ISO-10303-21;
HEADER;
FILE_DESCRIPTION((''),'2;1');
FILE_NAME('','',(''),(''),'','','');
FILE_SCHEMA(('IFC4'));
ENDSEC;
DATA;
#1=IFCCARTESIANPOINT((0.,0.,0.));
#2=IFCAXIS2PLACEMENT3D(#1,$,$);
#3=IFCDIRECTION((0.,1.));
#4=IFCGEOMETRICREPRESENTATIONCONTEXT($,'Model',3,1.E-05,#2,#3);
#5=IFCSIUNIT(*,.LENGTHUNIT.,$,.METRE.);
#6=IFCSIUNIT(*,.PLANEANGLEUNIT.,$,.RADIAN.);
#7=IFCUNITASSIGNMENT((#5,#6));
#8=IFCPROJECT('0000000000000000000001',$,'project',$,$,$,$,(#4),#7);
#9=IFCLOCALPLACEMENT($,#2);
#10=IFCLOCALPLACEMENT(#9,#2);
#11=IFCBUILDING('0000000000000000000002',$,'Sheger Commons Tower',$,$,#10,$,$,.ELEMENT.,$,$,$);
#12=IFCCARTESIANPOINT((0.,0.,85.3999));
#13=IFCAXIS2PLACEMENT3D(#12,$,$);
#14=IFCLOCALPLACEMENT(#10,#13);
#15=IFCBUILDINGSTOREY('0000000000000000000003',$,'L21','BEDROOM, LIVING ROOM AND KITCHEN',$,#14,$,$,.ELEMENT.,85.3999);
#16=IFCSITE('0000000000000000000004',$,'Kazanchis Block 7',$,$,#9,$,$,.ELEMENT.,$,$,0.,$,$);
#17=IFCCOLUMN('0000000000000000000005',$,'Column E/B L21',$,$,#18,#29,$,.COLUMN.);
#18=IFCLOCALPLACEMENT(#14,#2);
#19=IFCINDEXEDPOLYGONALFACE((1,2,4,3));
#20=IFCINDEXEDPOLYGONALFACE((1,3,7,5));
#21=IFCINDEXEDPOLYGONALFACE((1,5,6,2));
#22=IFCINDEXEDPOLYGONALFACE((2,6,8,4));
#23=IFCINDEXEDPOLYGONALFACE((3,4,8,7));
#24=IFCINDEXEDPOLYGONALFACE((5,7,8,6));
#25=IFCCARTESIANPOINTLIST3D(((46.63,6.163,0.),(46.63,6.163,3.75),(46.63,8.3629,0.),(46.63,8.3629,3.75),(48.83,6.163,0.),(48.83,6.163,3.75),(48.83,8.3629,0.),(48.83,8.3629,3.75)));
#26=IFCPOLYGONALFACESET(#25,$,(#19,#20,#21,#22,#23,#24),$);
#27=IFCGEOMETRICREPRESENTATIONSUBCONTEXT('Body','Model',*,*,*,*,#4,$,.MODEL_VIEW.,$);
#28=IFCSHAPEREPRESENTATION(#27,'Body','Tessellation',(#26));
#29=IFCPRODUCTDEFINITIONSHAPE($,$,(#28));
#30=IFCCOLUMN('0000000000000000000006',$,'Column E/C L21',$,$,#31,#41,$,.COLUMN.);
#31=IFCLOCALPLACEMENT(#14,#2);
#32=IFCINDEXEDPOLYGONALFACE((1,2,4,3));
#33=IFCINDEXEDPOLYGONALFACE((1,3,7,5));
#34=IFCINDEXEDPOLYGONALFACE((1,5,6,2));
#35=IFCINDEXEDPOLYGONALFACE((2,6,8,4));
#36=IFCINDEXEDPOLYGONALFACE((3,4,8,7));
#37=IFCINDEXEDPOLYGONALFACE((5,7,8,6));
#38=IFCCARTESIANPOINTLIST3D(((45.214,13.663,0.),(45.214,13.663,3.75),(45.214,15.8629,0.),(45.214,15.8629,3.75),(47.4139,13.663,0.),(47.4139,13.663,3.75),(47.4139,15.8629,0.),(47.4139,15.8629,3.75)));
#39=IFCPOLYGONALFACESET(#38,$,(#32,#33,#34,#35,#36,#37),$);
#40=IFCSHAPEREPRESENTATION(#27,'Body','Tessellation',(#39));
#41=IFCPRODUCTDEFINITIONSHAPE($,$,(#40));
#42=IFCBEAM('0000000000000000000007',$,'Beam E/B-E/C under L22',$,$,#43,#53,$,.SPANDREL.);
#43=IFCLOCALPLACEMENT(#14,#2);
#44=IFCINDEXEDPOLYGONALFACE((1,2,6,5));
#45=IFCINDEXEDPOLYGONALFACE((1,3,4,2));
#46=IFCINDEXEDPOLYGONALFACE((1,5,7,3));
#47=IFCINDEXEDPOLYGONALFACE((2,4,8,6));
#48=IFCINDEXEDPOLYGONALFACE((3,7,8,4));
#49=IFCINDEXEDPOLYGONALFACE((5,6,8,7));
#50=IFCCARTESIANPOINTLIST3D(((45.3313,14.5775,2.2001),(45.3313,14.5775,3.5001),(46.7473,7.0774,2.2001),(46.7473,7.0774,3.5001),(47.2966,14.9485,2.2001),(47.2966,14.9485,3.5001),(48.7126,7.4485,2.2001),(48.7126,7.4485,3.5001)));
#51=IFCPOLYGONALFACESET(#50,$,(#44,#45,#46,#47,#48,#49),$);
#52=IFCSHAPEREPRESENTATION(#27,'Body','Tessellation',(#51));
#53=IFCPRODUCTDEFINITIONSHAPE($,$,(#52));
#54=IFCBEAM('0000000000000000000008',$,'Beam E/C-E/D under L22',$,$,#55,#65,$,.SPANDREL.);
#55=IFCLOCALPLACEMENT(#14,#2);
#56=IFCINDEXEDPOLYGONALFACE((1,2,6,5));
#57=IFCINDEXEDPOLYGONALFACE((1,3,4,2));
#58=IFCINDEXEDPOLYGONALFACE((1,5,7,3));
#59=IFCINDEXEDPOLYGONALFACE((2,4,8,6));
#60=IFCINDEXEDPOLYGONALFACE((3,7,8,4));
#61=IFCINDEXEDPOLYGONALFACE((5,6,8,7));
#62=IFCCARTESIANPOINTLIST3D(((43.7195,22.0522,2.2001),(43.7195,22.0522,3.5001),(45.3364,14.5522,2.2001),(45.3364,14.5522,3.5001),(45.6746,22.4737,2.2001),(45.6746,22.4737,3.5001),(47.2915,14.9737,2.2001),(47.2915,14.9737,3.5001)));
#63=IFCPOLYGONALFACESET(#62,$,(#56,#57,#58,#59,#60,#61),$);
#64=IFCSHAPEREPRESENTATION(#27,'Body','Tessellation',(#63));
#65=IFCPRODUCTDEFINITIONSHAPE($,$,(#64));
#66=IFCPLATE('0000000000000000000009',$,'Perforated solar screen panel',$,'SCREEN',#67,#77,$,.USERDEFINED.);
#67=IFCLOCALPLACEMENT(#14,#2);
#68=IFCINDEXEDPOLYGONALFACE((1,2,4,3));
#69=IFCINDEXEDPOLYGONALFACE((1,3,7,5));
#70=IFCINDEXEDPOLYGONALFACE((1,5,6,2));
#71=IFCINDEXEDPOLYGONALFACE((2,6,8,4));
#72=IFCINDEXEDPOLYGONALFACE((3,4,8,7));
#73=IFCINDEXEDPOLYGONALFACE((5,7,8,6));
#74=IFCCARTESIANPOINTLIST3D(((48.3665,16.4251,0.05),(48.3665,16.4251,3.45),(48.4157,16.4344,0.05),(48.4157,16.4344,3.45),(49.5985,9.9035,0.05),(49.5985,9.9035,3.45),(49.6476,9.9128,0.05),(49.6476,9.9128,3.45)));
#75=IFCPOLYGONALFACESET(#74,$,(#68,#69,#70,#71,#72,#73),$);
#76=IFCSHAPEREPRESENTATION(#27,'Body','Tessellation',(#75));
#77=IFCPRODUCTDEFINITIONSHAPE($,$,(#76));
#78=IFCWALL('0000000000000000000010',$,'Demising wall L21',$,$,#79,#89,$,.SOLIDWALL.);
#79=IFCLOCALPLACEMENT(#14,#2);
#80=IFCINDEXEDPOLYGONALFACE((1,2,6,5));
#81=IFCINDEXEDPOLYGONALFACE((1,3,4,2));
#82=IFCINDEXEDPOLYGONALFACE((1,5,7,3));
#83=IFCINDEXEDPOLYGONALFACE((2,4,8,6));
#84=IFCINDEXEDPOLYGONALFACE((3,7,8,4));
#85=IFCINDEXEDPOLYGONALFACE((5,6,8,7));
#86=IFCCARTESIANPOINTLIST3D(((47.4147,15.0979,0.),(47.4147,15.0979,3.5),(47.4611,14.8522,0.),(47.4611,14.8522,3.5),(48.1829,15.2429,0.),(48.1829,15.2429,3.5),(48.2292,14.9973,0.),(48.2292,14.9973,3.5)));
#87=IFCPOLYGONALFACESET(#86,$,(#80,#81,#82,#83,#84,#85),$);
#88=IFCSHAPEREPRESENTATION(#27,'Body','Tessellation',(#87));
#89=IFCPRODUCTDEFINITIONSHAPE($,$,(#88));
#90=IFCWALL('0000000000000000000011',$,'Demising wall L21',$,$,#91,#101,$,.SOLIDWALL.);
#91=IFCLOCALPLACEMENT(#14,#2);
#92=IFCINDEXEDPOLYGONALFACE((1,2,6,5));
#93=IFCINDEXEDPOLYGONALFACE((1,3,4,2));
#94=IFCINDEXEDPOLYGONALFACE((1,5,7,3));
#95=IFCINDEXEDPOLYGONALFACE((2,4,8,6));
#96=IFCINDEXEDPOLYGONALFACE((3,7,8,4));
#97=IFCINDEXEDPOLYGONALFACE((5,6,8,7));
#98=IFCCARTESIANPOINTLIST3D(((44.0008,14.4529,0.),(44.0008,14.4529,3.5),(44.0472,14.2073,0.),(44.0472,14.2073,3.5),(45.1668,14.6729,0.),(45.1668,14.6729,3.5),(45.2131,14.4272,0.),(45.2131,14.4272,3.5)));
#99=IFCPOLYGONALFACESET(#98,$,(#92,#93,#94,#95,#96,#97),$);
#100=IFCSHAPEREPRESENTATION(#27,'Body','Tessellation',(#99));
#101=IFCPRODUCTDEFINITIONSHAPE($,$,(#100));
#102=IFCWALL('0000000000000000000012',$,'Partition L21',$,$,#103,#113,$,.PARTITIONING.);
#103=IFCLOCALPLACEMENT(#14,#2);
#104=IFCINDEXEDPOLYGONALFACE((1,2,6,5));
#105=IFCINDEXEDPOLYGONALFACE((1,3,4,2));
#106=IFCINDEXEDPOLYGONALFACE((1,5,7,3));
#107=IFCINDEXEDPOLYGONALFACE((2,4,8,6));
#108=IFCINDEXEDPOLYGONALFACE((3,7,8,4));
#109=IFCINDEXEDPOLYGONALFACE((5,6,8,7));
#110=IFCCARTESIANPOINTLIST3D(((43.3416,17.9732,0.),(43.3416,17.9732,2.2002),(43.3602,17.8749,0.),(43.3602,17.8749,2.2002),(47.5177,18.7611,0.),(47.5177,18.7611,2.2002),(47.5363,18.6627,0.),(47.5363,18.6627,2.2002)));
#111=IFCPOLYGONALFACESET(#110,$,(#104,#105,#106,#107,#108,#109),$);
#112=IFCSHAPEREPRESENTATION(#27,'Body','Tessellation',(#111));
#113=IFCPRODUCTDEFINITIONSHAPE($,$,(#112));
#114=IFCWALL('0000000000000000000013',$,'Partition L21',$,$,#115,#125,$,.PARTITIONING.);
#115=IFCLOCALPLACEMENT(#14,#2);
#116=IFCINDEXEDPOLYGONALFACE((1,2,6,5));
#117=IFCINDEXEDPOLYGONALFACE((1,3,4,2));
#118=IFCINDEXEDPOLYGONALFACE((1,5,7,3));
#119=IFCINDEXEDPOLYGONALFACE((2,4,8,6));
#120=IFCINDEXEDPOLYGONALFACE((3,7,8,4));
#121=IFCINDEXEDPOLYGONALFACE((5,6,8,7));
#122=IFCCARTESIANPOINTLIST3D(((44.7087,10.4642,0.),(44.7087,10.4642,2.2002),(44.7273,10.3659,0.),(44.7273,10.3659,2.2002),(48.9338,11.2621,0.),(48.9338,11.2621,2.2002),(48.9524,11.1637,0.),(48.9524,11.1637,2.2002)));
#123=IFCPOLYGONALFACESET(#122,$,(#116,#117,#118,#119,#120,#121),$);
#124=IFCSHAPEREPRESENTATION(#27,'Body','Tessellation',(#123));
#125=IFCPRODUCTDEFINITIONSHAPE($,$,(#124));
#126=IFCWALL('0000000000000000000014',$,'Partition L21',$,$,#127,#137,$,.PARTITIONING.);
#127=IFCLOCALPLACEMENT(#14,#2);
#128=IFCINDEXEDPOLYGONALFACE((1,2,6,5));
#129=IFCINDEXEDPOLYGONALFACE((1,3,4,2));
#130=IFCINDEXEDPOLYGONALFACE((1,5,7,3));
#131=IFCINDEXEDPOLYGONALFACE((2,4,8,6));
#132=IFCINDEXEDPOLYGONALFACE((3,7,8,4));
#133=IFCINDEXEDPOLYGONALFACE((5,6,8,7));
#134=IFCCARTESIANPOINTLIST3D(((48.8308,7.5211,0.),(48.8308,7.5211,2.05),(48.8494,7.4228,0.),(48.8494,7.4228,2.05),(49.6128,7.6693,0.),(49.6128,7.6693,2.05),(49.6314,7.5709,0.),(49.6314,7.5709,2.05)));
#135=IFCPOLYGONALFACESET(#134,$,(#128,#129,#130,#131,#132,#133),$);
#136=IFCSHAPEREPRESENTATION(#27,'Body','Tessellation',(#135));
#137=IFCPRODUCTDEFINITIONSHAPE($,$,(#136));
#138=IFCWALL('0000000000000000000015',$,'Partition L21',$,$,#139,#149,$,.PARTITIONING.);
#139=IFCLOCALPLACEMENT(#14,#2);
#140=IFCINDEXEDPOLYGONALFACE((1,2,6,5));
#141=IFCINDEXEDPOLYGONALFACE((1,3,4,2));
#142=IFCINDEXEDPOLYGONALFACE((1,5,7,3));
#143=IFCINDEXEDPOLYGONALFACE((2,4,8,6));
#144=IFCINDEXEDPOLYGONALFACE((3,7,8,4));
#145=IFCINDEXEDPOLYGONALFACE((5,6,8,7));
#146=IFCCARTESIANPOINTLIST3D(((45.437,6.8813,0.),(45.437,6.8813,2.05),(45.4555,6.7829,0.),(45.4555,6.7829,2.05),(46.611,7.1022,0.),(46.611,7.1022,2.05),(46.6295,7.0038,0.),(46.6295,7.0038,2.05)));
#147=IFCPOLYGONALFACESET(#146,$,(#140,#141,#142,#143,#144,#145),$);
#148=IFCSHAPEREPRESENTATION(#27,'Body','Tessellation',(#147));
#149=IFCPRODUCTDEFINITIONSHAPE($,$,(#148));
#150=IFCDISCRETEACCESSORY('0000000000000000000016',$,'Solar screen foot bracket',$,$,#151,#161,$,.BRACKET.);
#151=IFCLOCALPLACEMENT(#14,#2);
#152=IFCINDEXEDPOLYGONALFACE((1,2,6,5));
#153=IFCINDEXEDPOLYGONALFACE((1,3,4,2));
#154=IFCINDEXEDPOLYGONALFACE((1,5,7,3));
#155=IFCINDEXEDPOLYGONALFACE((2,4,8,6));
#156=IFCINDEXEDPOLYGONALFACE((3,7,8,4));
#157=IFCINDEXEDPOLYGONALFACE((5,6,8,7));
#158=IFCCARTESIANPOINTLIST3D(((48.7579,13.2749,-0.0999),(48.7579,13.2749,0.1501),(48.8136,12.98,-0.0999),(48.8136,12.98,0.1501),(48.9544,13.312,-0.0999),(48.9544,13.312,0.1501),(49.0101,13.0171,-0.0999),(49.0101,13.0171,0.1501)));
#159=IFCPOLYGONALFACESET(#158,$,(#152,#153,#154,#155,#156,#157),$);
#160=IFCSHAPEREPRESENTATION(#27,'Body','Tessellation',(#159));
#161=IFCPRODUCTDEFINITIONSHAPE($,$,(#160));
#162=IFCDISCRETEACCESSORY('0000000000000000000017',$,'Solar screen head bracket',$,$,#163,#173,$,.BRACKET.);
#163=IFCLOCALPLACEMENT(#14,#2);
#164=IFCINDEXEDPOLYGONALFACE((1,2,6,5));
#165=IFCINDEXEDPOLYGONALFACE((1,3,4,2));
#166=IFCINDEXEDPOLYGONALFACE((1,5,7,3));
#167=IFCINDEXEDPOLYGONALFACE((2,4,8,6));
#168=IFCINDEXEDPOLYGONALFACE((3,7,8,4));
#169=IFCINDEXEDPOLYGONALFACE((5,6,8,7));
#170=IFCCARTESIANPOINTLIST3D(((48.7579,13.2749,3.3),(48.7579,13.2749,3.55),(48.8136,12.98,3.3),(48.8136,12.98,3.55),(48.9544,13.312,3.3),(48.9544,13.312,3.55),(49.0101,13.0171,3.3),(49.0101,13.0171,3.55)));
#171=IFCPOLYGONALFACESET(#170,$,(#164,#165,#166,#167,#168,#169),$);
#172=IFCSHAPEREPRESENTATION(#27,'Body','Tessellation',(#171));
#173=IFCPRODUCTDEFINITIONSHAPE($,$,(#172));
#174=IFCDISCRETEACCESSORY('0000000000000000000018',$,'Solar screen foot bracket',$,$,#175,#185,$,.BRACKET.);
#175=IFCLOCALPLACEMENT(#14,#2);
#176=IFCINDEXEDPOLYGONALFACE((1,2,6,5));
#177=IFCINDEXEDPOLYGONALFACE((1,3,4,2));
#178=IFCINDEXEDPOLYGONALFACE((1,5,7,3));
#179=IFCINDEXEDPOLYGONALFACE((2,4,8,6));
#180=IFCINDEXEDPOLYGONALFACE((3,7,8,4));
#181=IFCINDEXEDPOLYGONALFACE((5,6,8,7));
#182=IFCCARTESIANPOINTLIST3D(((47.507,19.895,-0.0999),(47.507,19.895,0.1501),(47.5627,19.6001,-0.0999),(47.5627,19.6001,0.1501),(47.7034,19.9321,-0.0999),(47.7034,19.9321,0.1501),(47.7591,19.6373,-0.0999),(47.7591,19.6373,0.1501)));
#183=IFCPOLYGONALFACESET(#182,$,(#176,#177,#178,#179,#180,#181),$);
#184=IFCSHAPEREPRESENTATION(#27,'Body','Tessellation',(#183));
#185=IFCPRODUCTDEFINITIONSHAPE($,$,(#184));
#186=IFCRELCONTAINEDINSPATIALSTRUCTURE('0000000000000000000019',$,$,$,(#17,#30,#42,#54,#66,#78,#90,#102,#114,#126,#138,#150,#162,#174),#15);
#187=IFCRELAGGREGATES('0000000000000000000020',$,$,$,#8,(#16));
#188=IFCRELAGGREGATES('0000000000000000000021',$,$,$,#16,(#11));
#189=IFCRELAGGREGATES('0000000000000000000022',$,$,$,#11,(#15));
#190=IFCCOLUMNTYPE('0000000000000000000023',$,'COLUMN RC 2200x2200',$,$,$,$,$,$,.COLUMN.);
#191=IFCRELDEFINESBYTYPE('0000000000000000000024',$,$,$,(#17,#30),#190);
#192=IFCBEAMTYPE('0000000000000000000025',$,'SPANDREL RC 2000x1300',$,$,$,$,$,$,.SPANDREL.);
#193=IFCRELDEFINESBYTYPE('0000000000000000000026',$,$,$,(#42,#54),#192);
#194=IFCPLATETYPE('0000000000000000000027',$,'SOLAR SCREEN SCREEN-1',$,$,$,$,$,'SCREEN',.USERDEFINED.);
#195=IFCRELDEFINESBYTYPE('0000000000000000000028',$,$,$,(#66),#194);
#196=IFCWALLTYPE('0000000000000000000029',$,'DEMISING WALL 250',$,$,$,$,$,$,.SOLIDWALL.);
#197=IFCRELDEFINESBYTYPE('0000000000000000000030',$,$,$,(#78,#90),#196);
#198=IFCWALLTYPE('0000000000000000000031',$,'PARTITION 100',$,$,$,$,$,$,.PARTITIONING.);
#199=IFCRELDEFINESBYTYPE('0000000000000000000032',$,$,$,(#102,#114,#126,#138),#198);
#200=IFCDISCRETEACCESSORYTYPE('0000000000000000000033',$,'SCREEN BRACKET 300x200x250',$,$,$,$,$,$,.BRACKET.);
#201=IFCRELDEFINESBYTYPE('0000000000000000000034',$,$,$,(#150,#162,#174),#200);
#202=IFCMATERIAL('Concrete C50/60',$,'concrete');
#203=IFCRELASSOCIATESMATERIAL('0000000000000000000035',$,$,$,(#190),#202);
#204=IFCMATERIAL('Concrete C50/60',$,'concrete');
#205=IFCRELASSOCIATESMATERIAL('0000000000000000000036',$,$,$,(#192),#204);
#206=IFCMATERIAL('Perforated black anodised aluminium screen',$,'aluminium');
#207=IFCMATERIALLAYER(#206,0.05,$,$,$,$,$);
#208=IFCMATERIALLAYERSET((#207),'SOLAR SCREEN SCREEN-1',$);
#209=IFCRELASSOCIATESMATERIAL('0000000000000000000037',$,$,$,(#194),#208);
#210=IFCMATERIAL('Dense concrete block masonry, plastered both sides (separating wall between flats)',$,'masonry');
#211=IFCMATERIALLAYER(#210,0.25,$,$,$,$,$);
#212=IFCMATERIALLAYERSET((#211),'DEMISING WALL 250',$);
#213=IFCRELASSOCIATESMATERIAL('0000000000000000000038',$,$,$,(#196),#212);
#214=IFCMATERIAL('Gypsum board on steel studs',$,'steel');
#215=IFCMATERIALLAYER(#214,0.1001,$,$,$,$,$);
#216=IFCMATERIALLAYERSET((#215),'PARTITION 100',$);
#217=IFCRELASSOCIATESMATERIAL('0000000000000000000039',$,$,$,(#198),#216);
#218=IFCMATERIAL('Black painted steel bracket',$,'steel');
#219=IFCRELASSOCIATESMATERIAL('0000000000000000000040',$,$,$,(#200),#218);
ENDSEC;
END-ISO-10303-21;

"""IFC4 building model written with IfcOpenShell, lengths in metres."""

from ifc_helpers import new_model, si_unit, direction, frame, frame_2d, origin, origin_2d, place, context, subcontext, project, spatial, rectangle, extrude, material, layer, layer_set, material_profile, profile_set, type_object, element, save


model = new_model("IFC4")

# Units and contexts
model_context = context("Model", 3, precision=1e-05, world=origin(), true_north=direction((0.0, 1.0)))
body_context = subcontext(model_context, "Body", "Model", "MODEL_VIEW")
ifc_project = project(units=[si_unit("LENGTHUNIT", "METRE"), si_unit("PLANEANGLEUNIT", "RADIAN")], contexts=[model_context])

# Site, building, storey
site_placement = place(None, origin())
site = spatial("IfcSite", under=ifc_project, at=site_placement, Name="Kazanchis Block 7", CompositionType="ELEMENT", RefElevation=0.0)
building_placement = place(site_placement, origin())
building = spatial("IfcBuilding", under=site, at=building_placement, Name="Sheger Commons Tower", CompositionType="ELEMENT")
storey_placement = place(building_placement, frame((0.0, 0.0, 85.3999)))
storey = spatial("IfcBuildingStorey", under=building, at=storey_placement, Name="L21", Description="BEDROOM, LIVING ROOM AND KITCHEN", CompositionType="ELEMENT", Elevation=85.3999)

# Columns
ifc_material_1 = material(Name="Concrete C50/60", Category="concrete")
ifc_material_profile_1 = material_profile(ifc_material_1, rectangle(XDim=2.2, YDim=2.2, at=origin_2d()), Name="RC 2200x2200")
ifc_profile_set_1 = profile_set([ifc_material_profile_1], Name="Concrete C50/60")
column_type = type_object("IfcColumnType", Name="COLUMN RC 2200x2200", PredefinedType="COLUMN", material=ifc_profile_set_1)
for number, where, z_axis, x_axis, name in (
    (1, (47.73, 7.2629, 0.0), (0.0, 0.0, 1.0), (1.0, 0.0, 0.0), "Column E/B L21"),
    (2, (46.314, 14.7629, 0.0), (0.0, 0.0, 1.0), (1.0, 0.0, 0.0), "Column E/C L21"),
):
    element("IfcColumn", number, at=place(storey_placement, frame(where, z_axis=z_axis, x_axis=x_axis)), inside=storey, type_object=column_type, Name=name, PredefinedType="COLUMN", context=body_context, shape_type="SweptSolid", body=[
        extrude(rectangle(XDim=2.2, YDim=2.2, at=origin_2d()), origin(), (0.0, 0.0, 1.0), 3.75),
    ])

# Beams
ifc_material_2 = material(Name="Concrete C50/60", Category="concrete")
ifc_material_profile_2 = material_profile(ifc_material_2, rectangle(XDim=2.0, YDim=1.3, at=origin_2d()), Name="RC 2000x1300")
ifc_profile_set_2 = profile_set([ifc_material_profile_2], Name="Concrete C50/60")
beam_type = type_object("IfcBeamType", Name="SPANDREL RC 2000x1300", PredefinedType="SPANDREL", material=ifc_profile_set_2)
beam_1_placement = place(storey_placement, frame((47.73, 7.2629, 2.8501), z_axis=(-0.185524, 0.98264, 0.0), x_axis=(-0.98264, -0.185524, 0.0)))
element("IfcBeam", 3, at=beam_1_placement, inside=storey, type_object=beam_type, Name="Beam E/B-E/C under L22", PredefinedType="SPANDREL", context=body_context, shape_type="SweptSolid", body=[
    extrude(rectangle(XDim=2.0, YDim=1.3, at=origin_2d()), origin(), (0.0, 0.0, 1.0), 7.6326),
])
beam_2_placement = place(storey_placement, frame((46.314, 14.7629, 2.8501), z_axis=(-0.21075, 0.97754, 0.0), x_axis=(-0.97754, -0.21075, 0.0)))
element("IfcBeam", 4, at=beam_2_placement, inside=storey, type_object=beam_type, Name="Beam E/C-E/D under L22", PredefinedType="SPANDREL", context=body_context, shape_type="SweptSolid", body=[
    extrude(rectangle(XDim=2.0, YDim=1.3, at=origin_2d()), origin(), (0.0, 0.0, 1.0), 7.6724),
])

# Plate
ifc_material_3 = material(Name="Perforated black anodised aluminium screen", Category="aluminium")
ifc_layer_1 = layer(ifc_material_3, 0.05)
ifc_layer_set_1 = layer_set([ifc_layer_1], Name="SOLAR SCREEN SCREEN-1")
plate_type = type_object("IfcPlateType", Name="SOLAR SCREEN SCREEN-1", ElementType="SCREEN", PredefinedType="USERDEFINED", material=ifc_layer_set_1)
plate_placement = place(storey_placement, frame((49.0071, 13.1689, 0.05), z_axis=(0.0, 0.0, 1.0), x_axis=(-0.185615, 0.982623, 0.0)))
element("IfcPlate", 5, at=plate_placement, inside=storey, type_object=plate_type, Name="Perforated solar screen panel", ObjectType="SCREEN", PredefinedType="USERDEFINED", context=body_context, shape_type="SweptSolid", body=[
    extrude(rectangle(XDim=6.637, YDim=0.05, at=origin_2d()), origin(), (0.0, 0.0, 1.0), 3.3999),
])

# Walls
ifc_material_4 = material(Name="Dense concrete block masonry, plastered both sides (separating wall between flats)", Category="masonry")
ifc_layer_2 = layer(ifc_material_4, 0.25)
ifc_layer_set_2 = layer_set([ifc_layer_2], Name="DEMISING WALL 250")
wall_type_1 = type_object("IfcWallType", Name="DEMISING WALL 250", PredefinedType="SOLIDWALL", material=ifc_layer_set_2)
wall_1_placement = place(storey_placement, frame((48.2061, 15.1201, 0.0), z_axis=(0.0, 0.0, 1.0), x_axis=(-0.982638, -0.185533, 0.0)))
element("IfcWall", 6, at=wall_1_placement, inside=storey, type_object=wall_type_1, Name="Demising wall L21", PredefinedType="SOLIDWALL", context=body_context, shape_type="SweptSolid", body=[
    extrude(rectangle(XDim=0.7817, YDim=0.25, at=frame_2d((0.3909, 0.0))), origin(), (0.0, 0.0, 1.0), 3.5),
])
wall_2_placement = place(storey_placement, frame((45.1899, 14.55, 0.0), z_axis=(0.0, 0.0, 1.0), x_axis=(-0.982667, -0.185382, 0.0)))
element("IfcWall", 7, at=wall_2_placement, inside=storey, type_object=wall_type_1, Name="Demising wall L21", PredefinedType="SOLIDWALL", context=body_context, shape_type="SweptSolid", body=[
    extrude(rectangle(XDim=1.1865, YDim=0.25, at=frame_2d((0.5933, 0.0))), origin(), (0.0, 0.0, 1.0), 3.5),
])
ifc_material_5 = material(Name="Gypsum board on steel studs", Category="steel")
ifc_layer_3 = layer(ifc_material_5, 0.1001)
ifc_layer_set_3 = layer_set([ifc_layer_3], Name="PARTITION 100")
wall_type_2 = type_object("IfcWallType", Name="PARTITION 100", PredefinedType="PARTITIONING", material=ifc_layer_set_3)
wall_3_placement = place(storey_placement, frame((47.5271, 18.7119, 0.0), z_axis=(0.0, 0.0, 1.0), x_axis=(-0.982665, -0.185388, 0.0)))
element("IfcWall", 8, at=wall_3_placement, inside=storey, type_object=wall_type_2, Name="Partition L21", PredefinedType="PARTITIONING", context=body_context, shape_type="SweptSolid", body=[
    extrude(rectangle(XDim=4.2498, YDim=0.1001, at=frame_2d((2.125, 0.0))), origin(), (0.0, 0.0, 1.0), 2.2002),
])
wall_4_placement = place(storey_placement, frame((48.9431, 11.2129, 0.0), z_axis=(0.0, 0.0, 1.0), x_axis=(-0.982634, -0.185557, 0.0)))
element("IfcWall", 9, at=wall_4_placement, inside=storey, type_object=wall_type_2, Name="Partition L21", PredefinedType="PARTITIONING", context=body_context, shape_type="SweptSolid", body=[
    extrude(rectangle(XDim=4.2998, YDim=0.1001, at=frame_2d((2.1499, 0.0))), origin(), (0.0, 0.0, 1.0), 2.2002),
])
wall_5_placement = place(storey_placement, frame((49.6221, 7.6201, 0.0), z_axis=(0.0, 0.0, 1.0), x_axis=(-0.982513, -0.186196, 0.0)))
element("IfcWall", 10, at=wall_5_placement, inside=storey, type_object=wall_type_2, Name="Partition L21", PredefinedType="PARTITIONING", context=body_context, shape_type="SweptSolid", body=[
    extrude(rectangle(XDim=0.7959, YDim=0.1001, at=frame_2d((0.3979, 0.0))), origin(), (0.0, 0.0, 1.0), 2.05),
])
wall_6_placement = place(storey_placement, frame((46.6201, 7.053, 0.0), z_axis=(0.0, 0.0, 1.0), x_axis=(-0.982749, -0.184942, 0.0)))
element("IfcWall", 11, at=wall_6_placement, inside=storey, type_object=wall_type_2, Name="Partition L21", PredefinedType="PARTITIONING", context=body_context, shape_type="SweptSolid", body=[
    extrude(rectangle(XDim=1.1946, YDim=0.1001, at=frame_2d((0.5972, 0.0))), origin(), (0.0, 0.0, 1.0), 2.05),
])

# Discrete accessories
ifc_material_6 = material(Name="Black painted steel bracket", Category="steel")
discrete_accessory_type = type_object("IfcDiscreteAccessoryType", Name="SCREEN BRACKET 300x200x250", PredefinedType="BRACKET", material=ifc_material_6)
for number, where, z_axis, x_axis, name in (
    (12, (48.884, 13.146, -0.0999), (0.0, 0.0, 1.0), (-0.185615, 0.982623, 0.0), "Solar screen foot bracket"),
    (13, (48.884, 13.146, 3.3), (0.0, 0.0, 1.0), (-0.185615, 0.982623, 0.0), "Solar screen head bracket"),
    (14, (47.6331, 19.7661, -0.0999), (0.0, 0.0, 1.0), (-0.185615, 0.982623, 0.0), "Solar screen foot bracket"),
):
    element("IfcDiscreteAccessory", number, at=place(storey_placement, frame(where, z_axis=z_axis, x_axis=x_axis)), inside=storey, type_object=discrete_accessory_type, Name=name, PredefinedType="BRACKET", context=body_context, shape_type="SweptSolid", body=[
        extrude(rectangle(XDim=0.3, YDim=0.2, at=origin_2d()), origin(), (0.0, 0.0, 1.0), 0.25),
    ])

save(model, "model.ifc")
